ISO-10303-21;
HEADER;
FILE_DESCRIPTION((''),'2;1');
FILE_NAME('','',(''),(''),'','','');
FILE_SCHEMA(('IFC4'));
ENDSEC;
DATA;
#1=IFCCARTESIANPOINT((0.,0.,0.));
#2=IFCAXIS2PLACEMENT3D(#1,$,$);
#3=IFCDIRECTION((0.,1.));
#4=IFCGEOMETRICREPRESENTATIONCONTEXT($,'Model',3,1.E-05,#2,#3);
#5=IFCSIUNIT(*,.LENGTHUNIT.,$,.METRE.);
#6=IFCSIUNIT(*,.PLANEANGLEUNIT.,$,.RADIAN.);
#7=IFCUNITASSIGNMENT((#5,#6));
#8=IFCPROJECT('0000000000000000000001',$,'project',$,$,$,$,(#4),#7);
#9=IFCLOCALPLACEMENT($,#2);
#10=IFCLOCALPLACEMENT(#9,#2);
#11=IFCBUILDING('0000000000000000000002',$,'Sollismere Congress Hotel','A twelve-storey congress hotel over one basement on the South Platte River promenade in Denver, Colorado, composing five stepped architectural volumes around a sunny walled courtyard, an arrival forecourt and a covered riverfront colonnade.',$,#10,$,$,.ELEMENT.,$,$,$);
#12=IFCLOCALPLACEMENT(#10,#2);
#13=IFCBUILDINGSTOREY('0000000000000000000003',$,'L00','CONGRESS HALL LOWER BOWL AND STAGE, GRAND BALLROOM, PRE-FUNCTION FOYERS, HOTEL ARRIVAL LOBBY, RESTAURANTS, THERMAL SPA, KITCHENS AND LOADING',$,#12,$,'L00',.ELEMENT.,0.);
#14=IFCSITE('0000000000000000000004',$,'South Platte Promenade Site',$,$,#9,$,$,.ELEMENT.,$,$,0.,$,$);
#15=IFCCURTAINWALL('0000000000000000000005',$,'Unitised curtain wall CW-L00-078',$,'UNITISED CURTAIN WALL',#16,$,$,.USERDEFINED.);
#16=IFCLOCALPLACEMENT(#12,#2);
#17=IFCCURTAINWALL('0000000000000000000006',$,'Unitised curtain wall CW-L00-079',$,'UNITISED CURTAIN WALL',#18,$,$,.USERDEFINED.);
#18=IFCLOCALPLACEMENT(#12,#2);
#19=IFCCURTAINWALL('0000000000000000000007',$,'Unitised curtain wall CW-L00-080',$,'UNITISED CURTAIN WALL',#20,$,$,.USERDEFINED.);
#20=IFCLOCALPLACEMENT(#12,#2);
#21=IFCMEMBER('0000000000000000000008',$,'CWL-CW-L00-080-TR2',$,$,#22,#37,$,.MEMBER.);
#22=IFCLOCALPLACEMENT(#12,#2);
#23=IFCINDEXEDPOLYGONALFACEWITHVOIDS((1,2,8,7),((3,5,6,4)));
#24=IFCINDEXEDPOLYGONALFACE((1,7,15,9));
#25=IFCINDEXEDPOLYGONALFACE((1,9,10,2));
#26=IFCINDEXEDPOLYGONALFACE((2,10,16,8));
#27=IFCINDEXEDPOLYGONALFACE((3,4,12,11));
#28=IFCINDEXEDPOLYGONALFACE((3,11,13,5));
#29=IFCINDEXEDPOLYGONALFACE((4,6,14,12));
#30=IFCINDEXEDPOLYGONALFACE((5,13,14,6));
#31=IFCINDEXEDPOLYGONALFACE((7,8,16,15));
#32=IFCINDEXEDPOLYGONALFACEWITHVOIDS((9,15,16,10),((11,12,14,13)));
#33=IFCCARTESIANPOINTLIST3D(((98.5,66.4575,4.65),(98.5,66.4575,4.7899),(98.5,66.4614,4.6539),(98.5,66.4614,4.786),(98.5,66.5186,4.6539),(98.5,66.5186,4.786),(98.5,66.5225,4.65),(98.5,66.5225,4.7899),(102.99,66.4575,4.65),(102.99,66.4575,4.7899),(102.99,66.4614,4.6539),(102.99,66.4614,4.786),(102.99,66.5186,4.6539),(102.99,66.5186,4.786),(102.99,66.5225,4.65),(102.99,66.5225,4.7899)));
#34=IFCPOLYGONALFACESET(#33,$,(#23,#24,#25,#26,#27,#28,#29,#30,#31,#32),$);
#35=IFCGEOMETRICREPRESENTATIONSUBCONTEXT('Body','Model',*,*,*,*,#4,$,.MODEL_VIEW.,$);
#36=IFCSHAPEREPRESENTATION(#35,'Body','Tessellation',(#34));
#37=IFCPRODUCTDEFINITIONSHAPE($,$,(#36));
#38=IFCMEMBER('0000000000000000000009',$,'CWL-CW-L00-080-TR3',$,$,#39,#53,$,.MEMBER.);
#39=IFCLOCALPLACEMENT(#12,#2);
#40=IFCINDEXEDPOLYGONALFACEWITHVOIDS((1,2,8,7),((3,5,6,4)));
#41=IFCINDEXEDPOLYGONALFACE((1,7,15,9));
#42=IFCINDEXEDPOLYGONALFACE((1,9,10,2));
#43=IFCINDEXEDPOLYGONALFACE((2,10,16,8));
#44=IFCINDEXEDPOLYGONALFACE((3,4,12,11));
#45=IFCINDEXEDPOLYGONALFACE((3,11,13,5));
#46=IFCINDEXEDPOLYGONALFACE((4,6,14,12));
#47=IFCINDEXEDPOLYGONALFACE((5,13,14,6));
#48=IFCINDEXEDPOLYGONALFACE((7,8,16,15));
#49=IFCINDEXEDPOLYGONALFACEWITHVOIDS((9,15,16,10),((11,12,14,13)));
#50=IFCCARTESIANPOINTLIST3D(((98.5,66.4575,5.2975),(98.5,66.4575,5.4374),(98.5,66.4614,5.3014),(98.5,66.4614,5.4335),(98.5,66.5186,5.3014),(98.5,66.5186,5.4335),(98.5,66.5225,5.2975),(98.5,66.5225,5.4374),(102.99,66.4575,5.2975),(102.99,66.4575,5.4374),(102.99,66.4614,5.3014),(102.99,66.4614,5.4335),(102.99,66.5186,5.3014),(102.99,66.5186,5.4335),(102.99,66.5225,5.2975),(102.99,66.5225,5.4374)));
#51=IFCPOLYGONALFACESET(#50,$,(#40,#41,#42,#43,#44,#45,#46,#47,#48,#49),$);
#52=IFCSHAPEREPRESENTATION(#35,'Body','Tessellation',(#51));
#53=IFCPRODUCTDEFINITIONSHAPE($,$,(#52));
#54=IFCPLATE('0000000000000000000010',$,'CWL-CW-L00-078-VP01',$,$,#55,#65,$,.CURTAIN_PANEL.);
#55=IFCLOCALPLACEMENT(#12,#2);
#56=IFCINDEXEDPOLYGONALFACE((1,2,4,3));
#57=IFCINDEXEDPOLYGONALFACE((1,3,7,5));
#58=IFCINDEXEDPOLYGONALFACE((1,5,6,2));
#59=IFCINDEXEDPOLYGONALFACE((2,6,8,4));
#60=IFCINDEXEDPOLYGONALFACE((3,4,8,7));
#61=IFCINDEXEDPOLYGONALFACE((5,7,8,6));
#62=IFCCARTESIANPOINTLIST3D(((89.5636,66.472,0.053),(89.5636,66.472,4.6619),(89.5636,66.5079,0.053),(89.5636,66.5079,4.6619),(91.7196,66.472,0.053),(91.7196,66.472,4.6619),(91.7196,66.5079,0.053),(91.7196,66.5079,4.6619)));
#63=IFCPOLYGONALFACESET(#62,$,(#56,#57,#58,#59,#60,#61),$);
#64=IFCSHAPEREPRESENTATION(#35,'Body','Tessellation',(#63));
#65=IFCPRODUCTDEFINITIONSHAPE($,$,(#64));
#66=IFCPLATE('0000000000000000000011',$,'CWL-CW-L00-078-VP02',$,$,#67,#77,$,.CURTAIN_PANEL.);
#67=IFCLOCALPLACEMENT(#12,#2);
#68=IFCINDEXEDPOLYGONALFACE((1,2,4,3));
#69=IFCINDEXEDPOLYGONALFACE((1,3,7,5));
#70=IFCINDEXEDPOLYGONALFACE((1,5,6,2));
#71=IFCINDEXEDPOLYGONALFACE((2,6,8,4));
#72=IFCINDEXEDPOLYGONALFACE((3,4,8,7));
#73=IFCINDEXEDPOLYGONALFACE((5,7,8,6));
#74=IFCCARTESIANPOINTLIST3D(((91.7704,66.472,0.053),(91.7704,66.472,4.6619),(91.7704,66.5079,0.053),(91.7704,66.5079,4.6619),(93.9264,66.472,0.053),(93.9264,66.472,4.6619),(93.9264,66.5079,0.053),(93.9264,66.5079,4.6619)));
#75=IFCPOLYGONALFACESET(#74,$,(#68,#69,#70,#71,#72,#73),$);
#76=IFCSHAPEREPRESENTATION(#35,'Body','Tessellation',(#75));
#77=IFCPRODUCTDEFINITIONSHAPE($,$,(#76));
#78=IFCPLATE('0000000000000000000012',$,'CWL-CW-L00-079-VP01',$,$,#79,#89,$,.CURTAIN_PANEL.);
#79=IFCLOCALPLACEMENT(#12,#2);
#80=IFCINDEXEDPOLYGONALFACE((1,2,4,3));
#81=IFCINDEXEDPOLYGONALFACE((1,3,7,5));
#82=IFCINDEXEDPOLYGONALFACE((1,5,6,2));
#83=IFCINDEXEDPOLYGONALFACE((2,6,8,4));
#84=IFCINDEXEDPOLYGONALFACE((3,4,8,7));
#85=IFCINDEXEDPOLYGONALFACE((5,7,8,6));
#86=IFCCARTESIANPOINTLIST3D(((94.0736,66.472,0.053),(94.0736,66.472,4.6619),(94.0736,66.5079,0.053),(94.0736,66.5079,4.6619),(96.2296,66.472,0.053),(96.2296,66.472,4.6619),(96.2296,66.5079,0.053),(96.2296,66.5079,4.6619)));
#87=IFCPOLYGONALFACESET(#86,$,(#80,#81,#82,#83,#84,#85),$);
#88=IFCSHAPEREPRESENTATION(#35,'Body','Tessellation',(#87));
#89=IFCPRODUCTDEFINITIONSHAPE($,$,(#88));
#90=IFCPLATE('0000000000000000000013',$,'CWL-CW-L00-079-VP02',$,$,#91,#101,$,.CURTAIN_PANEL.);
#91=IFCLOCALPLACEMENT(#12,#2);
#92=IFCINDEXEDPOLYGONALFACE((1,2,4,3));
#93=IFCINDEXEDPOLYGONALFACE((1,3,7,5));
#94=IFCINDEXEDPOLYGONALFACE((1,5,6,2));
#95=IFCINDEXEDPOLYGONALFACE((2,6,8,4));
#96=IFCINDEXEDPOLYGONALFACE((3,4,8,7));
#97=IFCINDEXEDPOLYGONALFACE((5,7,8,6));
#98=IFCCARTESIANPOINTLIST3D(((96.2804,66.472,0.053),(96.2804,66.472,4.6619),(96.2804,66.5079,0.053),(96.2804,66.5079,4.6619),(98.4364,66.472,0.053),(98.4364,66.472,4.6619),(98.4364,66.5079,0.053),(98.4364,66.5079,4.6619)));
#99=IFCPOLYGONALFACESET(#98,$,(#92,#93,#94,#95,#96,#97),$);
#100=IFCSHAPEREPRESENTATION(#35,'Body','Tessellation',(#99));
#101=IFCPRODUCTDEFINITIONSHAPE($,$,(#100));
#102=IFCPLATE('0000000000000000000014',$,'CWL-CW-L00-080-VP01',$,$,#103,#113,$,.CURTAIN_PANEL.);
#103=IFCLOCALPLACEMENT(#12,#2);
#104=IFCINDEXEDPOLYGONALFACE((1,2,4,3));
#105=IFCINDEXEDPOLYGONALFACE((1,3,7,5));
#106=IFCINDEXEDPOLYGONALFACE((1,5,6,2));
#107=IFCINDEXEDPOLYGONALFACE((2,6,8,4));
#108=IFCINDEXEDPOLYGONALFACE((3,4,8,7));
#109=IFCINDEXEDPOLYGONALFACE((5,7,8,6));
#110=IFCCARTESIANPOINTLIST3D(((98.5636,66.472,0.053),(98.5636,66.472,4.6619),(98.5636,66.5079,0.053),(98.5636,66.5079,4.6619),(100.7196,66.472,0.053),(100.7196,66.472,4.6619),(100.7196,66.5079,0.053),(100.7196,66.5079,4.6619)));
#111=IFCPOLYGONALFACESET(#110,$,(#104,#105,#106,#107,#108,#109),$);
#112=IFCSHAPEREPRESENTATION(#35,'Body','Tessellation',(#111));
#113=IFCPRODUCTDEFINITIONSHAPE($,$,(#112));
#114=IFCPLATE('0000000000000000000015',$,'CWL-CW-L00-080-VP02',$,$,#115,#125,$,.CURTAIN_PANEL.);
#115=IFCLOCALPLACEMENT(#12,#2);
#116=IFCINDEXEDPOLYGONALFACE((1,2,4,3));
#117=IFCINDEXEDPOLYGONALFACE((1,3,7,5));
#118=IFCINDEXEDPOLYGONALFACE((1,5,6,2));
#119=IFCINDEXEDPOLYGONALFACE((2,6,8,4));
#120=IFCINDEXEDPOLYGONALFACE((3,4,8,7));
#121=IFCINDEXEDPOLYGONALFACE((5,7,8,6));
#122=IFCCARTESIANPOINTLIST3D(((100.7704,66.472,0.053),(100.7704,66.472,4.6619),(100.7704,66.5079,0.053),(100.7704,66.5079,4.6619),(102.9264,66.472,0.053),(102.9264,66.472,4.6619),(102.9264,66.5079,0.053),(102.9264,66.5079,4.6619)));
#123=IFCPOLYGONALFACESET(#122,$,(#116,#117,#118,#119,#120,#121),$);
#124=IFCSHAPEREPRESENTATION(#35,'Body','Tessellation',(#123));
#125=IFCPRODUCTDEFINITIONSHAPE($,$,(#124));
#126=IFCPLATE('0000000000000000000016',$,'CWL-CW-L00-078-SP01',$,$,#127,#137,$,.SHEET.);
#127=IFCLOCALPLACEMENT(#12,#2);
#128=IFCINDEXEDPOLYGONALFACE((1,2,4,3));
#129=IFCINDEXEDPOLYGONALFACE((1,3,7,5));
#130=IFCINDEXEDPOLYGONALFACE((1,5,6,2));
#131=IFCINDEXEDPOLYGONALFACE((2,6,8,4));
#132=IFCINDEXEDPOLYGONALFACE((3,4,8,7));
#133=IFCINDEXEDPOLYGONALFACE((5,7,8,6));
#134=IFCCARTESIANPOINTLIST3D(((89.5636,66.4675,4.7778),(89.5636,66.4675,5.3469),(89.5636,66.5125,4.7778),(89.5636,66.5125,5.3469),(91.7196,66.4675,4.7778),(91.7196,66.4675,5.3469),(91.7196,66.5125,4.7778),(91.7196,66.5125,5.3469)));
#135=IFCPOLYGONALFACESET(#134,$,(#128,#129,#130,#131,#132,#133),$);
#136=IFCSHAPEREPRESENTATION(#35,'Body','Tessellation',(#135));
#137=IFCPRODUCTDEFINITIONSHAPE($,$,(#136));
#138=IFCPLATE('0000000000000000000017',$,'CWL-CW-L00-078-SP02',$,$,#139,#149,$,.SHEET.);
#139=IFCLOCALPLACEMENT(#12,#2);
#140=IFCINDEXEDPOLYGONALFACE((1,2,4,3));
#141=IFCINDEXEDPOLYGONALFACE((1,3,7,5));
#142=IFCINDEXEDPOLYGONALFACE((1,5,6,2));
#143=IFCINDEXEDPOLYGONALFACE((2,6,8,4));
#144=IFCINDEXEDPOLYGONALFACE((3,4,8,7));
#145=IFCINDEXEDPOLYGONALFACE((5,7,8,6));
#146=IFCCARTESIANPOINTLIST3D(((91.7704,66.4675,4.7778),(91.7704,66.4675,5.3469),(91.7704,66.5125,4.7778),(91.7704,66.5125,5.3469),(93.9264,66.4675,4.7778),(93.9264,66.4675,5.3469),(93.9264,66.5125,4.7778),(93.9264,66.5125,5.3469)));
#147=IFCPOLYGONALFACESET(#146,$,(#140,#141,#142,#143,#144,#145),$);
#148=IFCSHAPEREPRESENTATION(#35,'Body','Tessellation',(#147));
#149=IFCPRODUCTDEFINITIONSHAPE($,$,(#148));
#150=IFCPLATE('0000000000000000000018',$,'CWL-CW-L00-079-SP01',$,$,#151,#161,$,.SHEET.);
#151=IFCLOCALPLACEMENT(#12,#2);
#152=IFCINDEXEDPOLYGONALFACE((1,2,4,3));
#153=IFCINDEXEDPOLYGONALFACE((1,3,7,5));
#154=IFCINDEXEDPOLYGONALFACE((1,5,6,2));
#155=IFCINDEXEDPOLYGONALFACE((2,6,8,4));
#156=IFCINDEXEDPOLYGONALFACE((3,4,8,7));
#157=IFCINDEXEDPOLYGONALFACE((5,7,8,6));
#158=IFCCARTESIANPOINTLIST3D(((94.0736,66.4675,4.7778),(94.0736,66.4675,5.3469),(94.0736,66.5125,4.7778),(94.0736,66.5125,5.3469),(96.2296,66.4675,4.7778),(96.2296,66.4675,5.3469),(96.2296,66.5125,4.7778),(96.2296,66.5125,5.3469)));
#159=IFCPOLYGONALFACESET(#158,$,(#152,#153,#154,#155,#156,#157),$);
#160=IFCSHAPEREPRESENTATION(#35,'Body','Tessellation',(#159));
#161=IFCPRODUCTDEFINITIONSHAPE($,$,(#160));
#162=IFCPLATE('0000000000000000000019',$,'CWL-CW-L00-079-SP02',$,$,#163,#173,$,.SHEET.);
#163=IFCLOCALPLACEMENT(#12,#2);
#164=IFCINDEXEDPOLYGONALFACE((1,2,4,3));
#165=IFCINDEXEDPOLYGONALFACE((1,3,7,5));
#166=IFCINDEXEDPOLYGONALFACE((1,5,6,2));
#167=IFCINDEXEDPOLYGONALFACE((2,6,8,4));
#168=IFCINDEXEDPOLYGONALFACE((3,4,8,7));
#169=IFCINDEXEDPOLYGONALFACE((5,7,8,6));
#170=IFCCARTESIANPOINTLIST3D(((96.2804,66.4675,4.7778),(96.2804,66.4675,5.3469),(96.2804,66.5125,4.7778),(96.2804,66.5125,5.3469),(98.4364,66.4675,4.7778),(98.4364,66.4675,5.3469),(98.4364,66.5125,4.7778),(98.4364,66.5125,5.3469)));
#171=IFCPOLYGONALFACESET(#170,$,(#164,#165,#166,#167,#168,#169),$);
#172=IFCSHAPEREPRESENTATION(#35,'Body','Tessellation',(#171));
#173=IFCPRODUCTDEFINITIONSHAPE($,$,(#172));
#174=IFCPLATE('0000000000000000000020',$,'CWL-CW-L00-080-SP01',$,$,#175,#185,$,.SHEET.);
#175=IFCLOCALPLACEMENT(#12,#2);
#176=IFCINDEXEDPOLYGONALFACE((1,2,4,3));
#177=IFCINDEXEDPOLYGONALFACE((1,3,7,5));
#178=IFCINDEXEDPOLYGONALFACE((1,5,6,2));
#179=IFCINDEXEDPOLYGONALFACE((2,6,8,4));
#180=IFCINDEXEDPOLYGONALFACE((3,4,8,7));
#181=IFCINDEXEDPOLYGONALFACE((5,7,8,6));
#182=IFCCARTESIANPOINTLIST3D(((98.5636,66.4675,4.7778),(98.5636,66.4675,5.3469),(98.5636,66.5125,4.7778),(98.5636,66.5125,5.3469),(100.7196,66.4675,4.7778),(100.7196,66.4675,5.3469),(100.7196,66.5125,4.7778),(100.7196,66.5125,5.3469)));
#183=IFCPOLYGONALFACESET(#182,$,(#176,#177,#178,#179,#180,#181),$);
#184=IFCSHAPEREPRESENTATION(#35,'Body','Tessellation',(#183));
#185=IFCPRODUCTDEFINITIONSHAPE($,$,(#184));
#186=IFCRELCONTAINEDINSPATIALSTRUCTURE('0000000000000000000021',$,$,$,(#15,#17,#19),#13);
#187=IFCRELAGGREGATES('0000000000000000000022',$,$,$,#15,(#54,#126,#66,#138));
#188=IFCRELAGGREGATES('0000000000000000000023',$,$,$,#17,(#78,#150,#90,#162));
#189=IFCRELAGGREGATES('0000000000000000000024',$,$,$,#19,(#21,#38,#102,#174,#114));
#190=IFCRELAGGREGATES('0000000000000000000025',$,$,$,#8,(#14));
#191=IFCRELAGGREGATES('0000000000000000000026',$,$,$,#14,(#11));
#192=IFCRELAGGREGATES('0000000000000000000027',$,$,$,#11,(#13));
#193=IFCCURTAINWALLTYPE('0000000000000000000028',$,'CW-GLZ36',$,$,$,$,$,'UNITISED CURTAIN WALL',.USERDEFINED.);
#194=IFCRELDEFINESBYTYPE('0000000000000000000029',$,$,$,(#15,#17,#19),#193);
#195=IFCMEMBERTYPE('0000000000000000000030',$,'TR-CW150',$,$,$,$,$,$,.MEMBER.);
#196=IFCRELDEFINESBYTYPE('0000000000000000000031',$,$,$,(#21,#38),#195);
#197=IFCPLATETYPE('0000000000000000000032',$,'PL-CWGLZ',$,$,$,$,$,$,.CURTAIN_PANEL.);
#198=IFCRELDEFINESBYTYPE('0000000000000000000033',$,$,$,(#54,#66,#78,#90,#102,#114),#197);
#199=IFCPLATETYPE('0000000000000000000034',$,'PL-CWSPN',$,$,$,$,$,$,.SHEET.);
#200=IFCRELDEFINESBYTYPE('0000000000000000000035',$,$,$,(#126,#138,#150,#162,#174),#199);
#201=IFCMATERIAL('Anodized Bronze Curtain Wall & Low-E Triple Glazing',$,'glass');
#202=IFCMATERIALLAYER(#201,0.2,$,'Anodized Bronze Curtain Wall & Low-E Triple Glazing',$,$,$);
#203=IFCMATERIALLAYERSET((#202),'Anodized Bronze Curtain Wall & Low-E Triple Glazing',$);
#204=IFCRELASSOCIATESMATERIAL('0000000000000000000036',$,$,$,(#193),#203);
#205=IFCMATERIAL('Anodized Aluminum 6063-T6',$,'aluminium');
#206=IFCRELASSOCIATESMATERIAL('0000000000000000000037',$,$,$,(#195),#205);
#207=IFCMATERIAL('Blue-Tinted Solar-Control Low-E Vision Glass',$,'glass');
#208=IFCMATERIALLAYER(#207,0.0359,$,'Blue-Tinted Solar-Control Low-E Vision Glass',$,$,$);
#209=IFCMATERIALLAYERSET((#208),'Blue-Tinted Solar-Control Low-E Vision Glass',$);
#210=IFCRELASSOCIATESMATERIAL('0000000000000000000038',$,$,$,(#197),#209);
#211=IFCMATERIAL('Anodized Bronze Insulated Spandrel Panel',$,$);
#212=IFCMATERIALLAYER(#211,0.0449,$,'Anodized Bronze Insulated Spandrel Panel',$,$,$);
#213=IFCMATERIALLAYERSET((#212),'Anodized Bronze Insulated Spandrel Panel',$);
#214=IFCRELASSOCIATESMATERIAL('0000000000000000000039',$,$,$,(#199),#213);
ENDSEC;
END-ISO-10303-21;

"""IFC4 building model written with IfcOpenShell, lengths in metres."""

from ifc_helpers import new_model, si_unit, direction, frame, origin, origin_2d, place, context, subcontext, project, spatial, rectangle, hollow_rectangle, extrude, material, layer, layer_set, material_profile, profile_set, type_object, element, aggregate, save


model = new_model("IFC4")

# Units and contexts
model_context = context("Model", 3, precision=1e-05, world=origin(), true_north=direction((0.0, 1.0)))
body_context = subcontext(model_context, "Body", "Model", "MODEL_VIEW")
ifc_project = project(units=[si_unit("LENGTHUNIT", "METRE"), si_unit("PLANEANGLEUNIT", "RADIAN")], contexts=[model_context])

# Site, building, storey
site_placement = place(None, origin())
site = spatial("IfcSite", under=ifc_project, at=site_placement, Name="South Platte Promenade Site", CompositionType="ELEMENT", RefElevation=0.0)
building_placement = place(site_placement, origin())
building = spatial("IfcBuilding", under=site, at=building_placement, Name="Sollismere Congress Hotel", Description="A twelve-storey congress hotel over one basement on the South Platte River promenade in Denver, Colorado, composing five stepped architectural volumes around a sunny walled courtyard, an arrival forecourt and a covered riverfront colonnade.", CompositionType="ELEMENT")
storey_placement = place(building_placement, origin())
storey = spatial("IfcBuildingStorey", under=building, at=storey_placement, Name="L00", Description="CONGRESS HALL LOWER BOWL AND STAGE, GRAND BALLROOM, PRE-FUNCTION FOYERS, HOTEL ARRIVAL LOBBY, RESTAURANTS, THERMAL SPA, KITCHENS AND LOADING", LongName="L00", CompositionType="ELEMENT", Elevation=0.0)

# Curtain walls
ifc_material_1 = material(Name="Anodized Bronze Curtain Wall & Low-E Triple Glazing", Category="glass")
ifc_layer_1 = layer(ifc_material_1, 0.2, Name="Anodized Bronze Curtain Wall & Low-E Triple Glazing")
ifc_layer_set_1 = layer_set([ifc_layer_1], Name="Anodized Bronze Curtain Wall & Low-E Triple Glazing")
curtain_wall_type = type_object("IfcCurtainWallType", Name="CW-GLZ36", ElementType="UNITISED CURTAIN WALL", PredefinedType="USERDEFINED", material=ifc_layer_set_1)
curtain_wall_1_placement = place(storey_placement, origin())
curtain_wall_1 = element("IfcCurtainWall", 1, at=curtain_wall_1_placement, inside=storey, type_object=curtain_wall_type, Name="Unitised curtain wall CW-L00-078", ObjectType="UNITISED CURTAIN WALL", PredefinedType="USERDEFINED")
ifc_material_2 = material(Name="Anodized Aluminum 6063-T6", Category="aluminium")
curtain_wall_2_placement = place(storey_placement, origin())
curtain_wall_2 = element("IfcCurtainWall", 2, at=curtain_wall_2_placement, inside=storey, type_object=curtain_wall_type, Name="Unitised curtain wall CW-L00-079", ObjectType="UNITISED CURTAIN WALL", PredefinedType="USERDEFINED")
curtain_wall_3_placement = place(storey_placement, origin())
curtain_wall_3 = element("IfcCurtainWall", 3, at=curtain_wall_3_placement, inside=storey, type_object=curtain_wall_type, Name="Unitised curtain wall CW-L00-080", ObjectType="UNITISED CURTAIN WALL", PredefinedType="USERDEFINED")

# Members
ifc_material_profile_1 = material_profile(ifc_material_2, hollow_rectangle(XDim=0.0649, YDim=0.1399, WallThickness=0.0039, at=origin_2d()), Name="ALU140X65X4")
ifc_profile_set_1 = profile_set([ifc_material_profile_1], Name="Anodized Aluminum 6063-T6")
member_type_1 = type_object("IfcMemberType", Name="TR-CW150", PredefinedType="MEMBER", material=ifc_profile_set_1)
member_1_placement = place(storey_placement, frame((98.5, 66.49, 4.72), z_axis=(1.0, 0.0, 0.0), x_axis=(0.0, 1.0, 0.0)))
member_1 = element("IfcMember", 4, at=member_1_placement, type_object=member_type_1, Name="CWL-CW-L00-080-TR2", PredefinedType="MEMBER", context=body_context, shape_type="SweptSolid", body=[
    extrude(hollow_rectangle(XDim=0.0649, YDim=0.1399, WallThickness=0.0039, at=origin_2d()), origin(), (0.0, 0.0, 1.0), 4.49),
])
member_2_placement = place(storey_placement, frame((98.5, 66.49, 5.3674), z_axis=(1.0, 0.0, 0.0), x_axis=(0.0, 1.0, 0.0)))
member_2 = element("IfcMember", 5, at=member_2_placement, type_object=member_type_1, Name="CWL-CW-L00-080-TR3", PredefinedType="MEMBER", context=body_context, shape_type="SweptSolid", body=[
    extrude(hollow_rectangle(XDim=0.0649, YDim=0.1399, WallThickness=0.0039, at=origin_2d()), origin(), (0.0, 0.0, 1.0), 4.49),
])

# Plates
ifc_material_3 = material(Name="Blue-Tinted Solar-Control Low-E Vision Glass", Category="glass")
ifc_layer_2 = layer(ifc_material_3, 0.0359, Name="Blue-Tinted Solar-Control Low-E Vision Glass")
ifc_layer_set_2 = layer_set([ifc_layer_2], Name="Blue-Tinted Solar-Control Low-E Vision Glass")
plate_type_1 = type_object("IfcPlateType", Name="PL-CWGLZ", PredefinedType="CURTAIN_PANEL", material=ifc_layer_set_2)
plate_1_placement = place(storey_placement, frame((90.6416, 66.49, 0.053), z_axis=(0.0, 0.0, 1.0), x_axis=(1.0, 0.0, 0.0)))
plate_1 = element("IfcPlate", 6, at=plate_1_placement, type_object=plate_type_1, Name="CWL-CW-L00-078-VP01", PredefinedType="CURTAIN_PANEL", context=body_context, shape_type="SweptSolid", body=[
    extrude(rectangle(XDim=2.156, YDim=0.0359, at=origin_2d()), origin(), (0.0, 0.0, 1.0), 4.6089),
])
plate_2_placement = place(storey_placement, frame((92.8484, 66.49, 0.053), z_axis=(0.0, 0.0, 1.0), x_axis=(1.0, 0.0, 0.0)))
plate_2 = element("IfcPlate", 7, at=plate_2_placement, type_object=plate_type_1, Name="CWL-CW-L00-078-VP02", PredefinedType="CURTAIN_PANEL", context=body_context, shape_type="SweptSolid", body=[
    extrude(rectangle(XDim=2.156, YDim=0.0359, at=origin_2d()), origin(), (0.0, 0.0, 1.0), 4.6089),
])
plate_3_placement = place(storey_placement, frame((95.1516, 66.49, 0.053), z_axis=(0.0, 0.0, 1.0), x_axis=(1.0, 0.0, 0.0)))
plate_3 = element("IfcPlate", 8, at=plate_3_placement, type_object=plate_type_1, Name="CWL-CW-L00-079-VP01", PredefinedType="CURTAIN_PANEL", context=body_context, shape_type="SweptSolid", body=[
    extrude(rectangle(XDim=2.156, YDim=0.0359, at=origin_2d()), origin(), (0.0, 0.0, 1.0), 4.6089),
])
plate_4_placement = place(storey_placement, frame((97.3584, 66.49, 0.053), z_axis=(0.0, 0.0, 1.0), x_axis=(1.0, 0.0, 0.0)))
plate_4 = element("IfcPlate", 9, at=plate_4_placement, type_object=plate_type_1, Name="CWL-CW-L00-079-VP02", PredefinedType="CURTAIN_PANEL", context=body_context, shape_type="SweptSolid", body=[
    extrude(rectangle(XDim=2.156, YDim=0.0359, at=origin_2d()), origin(), (0.0, 0.0, 1.0), 4.6089),
])
plate_5_placement = place(storey_placement, frame((99.6416, 66.49, 0.053), z_axis=(0.0, 0.0, 1.0), x_axis=(1.0, 0.0, 0.0)))
plate_5 = element("IfcPlate", 10, at=plate_5_placement, type_object=plate_type_1, Name="CWL-CW-L00-080-VP01", PredefinedType="CURTAIN_PANEL", context=body_context, shape_type="SweptSolid", body=[
    extrude(rectangle(XDim=2.156, YDim=0.0359, at=origin_2d()), origin(), (0.0, 0.0, 1.0), 4.6089),
])
plate_6_placement = place(storey_placement, frame((101.8484, 66.49, 0.053), z_axis=(0.0, 0.0, 1.0), x_axis=(1.0, 0.0, 0.0)))
plate_6 = element("IfcPlate", 11, at=plate_6_placement, type_object=plate_type_1, Name="CWL-CW-L00-080-VP02", PredefinedType="CURTAIN_PANEL", context=body_context, shape_type="SweptSolid", body=[
    extrude(rectangle(XDim=2.156, YDim=0.0359, at=origin_2d()), origin(), (0.0, 0.0, 1.0), 4.6089),
])
ifc_material_4 = material(Name="Anodized Bronze Insulated Spandrel Panel")
ifc_layer_3 = layer(ifc_material_4, 0.0449, Name="Anodized Bronze Insulated Spandrel Panel")
ifc_layer_set_3 = layer_set([ifc_layer_3], Name="Anodized Bronze Insulated Spandrel Panel")
plate_type_2 = type_object("IfcPlateType", Name="PL-CWSPN", PredefinedType="SHEET", material=ifc_layer_set_3)
plate_7_placement = place(storey_placement, frame((90.6416, 66.49, 4.7778), z_axis=(0.0, 0.0, 1.0), x_axis=(1.0, 0.0, 0.0)))
plate_7 = element("IfcPlate", 12, at=plate_7_placement, type_object=plate_type_2, Name="CWL-CW-L00-078-SP01", PredefinedType="SHEET", context=body_context, shape_type="SweptSolid", body=[
    extrude(rectangle(XDim=2.156, YDim=0.0449, at=origin_2d()), origin(), (0.0, 0.0, 1.0), 0.5691),
])
plate_8_placement = place(storey_placement, frame((92.8484, 66.49, 4.7778), z_axis=(0.0, 0.0, 1.0), x_axis=(1.0, 0.0, 0.0)))
plate_8 = element("IfcPlate", 13, at=plate_8_placement, type_object=plate_type_2, Name="CWL-CW-L00-078-SP02", PredefinedType="SHEET", context=body_context, shape_type="SweptSolid", body=[
    extrude(rectangle(XDim=2.156, YDim=0.0449, at=origin_2d()), origin(), (0.0, 0.0, 1.0), 0.5691),
])
aggregate(curtain_wall_1, [plate_1, plate_7, plate_2, plate_8])
plate_9_placement = place(storey_placement, frame((95.1516, 66.49, 4.7778), z_axis=(0.0, 0.0, 1.0), x_axis=(1.0, 0.0, 0.0)))
plate_9 = element("IfcPlate", 14, at=plate_9_placement, type_object=plate_type_2, Name="CWL-CW-L00-079-SP01", PredefinedType="SHEET", context=body_context, shape_type="SweptSolid", body=[
    extrude(rectangle(XDim=2.156, YDim=0.0449, at=origin_2d()), origin(), (0.0, 0.0, 1.0), 0.5691),
])
plate_10_placement = place(storey_placement, frame((97.3584, 66.49, 4.7778), z_axis=(0.0, 0.0, 1.0), x_axis=(1.0, 0.0, 0.0)))
plate_10 = element("IfcPlate", 15, at=plate_10_placement, type_object=plate_type_2, Name="CWL-CW-L00-079-SP02", PredefinedType="SHEET", context=body_context, shape_type="SweptSolid", body=[
    extrude(rectangle(XDim=2.156, YDim=0.0449, at=origin_2d()), origin(), (0.0, 0.0, 1.0), 0.5691),
])
aggregate(curtain_wall_2, [plate_3, plate_9, plate_4, plate_10])
plate_11_placement = place(storey_placement, frame((99.6416, 66.49, 4.7778), z_axis=(0.0, 0.0, 1.0), x_axis=(1.0, 0.0, 0.0)))
plate_11 = element("IfcPlate", 16, at=plate_11_placement, type_object=plate_type_2, Name="CWL-CW-L00-080-SP01", PredefinedType="SHEET", context=body_context, shape_type="SweptSolid", body=[
    extrude(rectangle(XDim=2.156, YDim=0.0449, at=origin_2d()), origin(), (0.0, 0.0, 1.0), 0.5691),
])
aggregate(curtain_wall_3, [member_1, member_2, plate_5, plate_11, plate_6])

save(model, "model.ifc")
